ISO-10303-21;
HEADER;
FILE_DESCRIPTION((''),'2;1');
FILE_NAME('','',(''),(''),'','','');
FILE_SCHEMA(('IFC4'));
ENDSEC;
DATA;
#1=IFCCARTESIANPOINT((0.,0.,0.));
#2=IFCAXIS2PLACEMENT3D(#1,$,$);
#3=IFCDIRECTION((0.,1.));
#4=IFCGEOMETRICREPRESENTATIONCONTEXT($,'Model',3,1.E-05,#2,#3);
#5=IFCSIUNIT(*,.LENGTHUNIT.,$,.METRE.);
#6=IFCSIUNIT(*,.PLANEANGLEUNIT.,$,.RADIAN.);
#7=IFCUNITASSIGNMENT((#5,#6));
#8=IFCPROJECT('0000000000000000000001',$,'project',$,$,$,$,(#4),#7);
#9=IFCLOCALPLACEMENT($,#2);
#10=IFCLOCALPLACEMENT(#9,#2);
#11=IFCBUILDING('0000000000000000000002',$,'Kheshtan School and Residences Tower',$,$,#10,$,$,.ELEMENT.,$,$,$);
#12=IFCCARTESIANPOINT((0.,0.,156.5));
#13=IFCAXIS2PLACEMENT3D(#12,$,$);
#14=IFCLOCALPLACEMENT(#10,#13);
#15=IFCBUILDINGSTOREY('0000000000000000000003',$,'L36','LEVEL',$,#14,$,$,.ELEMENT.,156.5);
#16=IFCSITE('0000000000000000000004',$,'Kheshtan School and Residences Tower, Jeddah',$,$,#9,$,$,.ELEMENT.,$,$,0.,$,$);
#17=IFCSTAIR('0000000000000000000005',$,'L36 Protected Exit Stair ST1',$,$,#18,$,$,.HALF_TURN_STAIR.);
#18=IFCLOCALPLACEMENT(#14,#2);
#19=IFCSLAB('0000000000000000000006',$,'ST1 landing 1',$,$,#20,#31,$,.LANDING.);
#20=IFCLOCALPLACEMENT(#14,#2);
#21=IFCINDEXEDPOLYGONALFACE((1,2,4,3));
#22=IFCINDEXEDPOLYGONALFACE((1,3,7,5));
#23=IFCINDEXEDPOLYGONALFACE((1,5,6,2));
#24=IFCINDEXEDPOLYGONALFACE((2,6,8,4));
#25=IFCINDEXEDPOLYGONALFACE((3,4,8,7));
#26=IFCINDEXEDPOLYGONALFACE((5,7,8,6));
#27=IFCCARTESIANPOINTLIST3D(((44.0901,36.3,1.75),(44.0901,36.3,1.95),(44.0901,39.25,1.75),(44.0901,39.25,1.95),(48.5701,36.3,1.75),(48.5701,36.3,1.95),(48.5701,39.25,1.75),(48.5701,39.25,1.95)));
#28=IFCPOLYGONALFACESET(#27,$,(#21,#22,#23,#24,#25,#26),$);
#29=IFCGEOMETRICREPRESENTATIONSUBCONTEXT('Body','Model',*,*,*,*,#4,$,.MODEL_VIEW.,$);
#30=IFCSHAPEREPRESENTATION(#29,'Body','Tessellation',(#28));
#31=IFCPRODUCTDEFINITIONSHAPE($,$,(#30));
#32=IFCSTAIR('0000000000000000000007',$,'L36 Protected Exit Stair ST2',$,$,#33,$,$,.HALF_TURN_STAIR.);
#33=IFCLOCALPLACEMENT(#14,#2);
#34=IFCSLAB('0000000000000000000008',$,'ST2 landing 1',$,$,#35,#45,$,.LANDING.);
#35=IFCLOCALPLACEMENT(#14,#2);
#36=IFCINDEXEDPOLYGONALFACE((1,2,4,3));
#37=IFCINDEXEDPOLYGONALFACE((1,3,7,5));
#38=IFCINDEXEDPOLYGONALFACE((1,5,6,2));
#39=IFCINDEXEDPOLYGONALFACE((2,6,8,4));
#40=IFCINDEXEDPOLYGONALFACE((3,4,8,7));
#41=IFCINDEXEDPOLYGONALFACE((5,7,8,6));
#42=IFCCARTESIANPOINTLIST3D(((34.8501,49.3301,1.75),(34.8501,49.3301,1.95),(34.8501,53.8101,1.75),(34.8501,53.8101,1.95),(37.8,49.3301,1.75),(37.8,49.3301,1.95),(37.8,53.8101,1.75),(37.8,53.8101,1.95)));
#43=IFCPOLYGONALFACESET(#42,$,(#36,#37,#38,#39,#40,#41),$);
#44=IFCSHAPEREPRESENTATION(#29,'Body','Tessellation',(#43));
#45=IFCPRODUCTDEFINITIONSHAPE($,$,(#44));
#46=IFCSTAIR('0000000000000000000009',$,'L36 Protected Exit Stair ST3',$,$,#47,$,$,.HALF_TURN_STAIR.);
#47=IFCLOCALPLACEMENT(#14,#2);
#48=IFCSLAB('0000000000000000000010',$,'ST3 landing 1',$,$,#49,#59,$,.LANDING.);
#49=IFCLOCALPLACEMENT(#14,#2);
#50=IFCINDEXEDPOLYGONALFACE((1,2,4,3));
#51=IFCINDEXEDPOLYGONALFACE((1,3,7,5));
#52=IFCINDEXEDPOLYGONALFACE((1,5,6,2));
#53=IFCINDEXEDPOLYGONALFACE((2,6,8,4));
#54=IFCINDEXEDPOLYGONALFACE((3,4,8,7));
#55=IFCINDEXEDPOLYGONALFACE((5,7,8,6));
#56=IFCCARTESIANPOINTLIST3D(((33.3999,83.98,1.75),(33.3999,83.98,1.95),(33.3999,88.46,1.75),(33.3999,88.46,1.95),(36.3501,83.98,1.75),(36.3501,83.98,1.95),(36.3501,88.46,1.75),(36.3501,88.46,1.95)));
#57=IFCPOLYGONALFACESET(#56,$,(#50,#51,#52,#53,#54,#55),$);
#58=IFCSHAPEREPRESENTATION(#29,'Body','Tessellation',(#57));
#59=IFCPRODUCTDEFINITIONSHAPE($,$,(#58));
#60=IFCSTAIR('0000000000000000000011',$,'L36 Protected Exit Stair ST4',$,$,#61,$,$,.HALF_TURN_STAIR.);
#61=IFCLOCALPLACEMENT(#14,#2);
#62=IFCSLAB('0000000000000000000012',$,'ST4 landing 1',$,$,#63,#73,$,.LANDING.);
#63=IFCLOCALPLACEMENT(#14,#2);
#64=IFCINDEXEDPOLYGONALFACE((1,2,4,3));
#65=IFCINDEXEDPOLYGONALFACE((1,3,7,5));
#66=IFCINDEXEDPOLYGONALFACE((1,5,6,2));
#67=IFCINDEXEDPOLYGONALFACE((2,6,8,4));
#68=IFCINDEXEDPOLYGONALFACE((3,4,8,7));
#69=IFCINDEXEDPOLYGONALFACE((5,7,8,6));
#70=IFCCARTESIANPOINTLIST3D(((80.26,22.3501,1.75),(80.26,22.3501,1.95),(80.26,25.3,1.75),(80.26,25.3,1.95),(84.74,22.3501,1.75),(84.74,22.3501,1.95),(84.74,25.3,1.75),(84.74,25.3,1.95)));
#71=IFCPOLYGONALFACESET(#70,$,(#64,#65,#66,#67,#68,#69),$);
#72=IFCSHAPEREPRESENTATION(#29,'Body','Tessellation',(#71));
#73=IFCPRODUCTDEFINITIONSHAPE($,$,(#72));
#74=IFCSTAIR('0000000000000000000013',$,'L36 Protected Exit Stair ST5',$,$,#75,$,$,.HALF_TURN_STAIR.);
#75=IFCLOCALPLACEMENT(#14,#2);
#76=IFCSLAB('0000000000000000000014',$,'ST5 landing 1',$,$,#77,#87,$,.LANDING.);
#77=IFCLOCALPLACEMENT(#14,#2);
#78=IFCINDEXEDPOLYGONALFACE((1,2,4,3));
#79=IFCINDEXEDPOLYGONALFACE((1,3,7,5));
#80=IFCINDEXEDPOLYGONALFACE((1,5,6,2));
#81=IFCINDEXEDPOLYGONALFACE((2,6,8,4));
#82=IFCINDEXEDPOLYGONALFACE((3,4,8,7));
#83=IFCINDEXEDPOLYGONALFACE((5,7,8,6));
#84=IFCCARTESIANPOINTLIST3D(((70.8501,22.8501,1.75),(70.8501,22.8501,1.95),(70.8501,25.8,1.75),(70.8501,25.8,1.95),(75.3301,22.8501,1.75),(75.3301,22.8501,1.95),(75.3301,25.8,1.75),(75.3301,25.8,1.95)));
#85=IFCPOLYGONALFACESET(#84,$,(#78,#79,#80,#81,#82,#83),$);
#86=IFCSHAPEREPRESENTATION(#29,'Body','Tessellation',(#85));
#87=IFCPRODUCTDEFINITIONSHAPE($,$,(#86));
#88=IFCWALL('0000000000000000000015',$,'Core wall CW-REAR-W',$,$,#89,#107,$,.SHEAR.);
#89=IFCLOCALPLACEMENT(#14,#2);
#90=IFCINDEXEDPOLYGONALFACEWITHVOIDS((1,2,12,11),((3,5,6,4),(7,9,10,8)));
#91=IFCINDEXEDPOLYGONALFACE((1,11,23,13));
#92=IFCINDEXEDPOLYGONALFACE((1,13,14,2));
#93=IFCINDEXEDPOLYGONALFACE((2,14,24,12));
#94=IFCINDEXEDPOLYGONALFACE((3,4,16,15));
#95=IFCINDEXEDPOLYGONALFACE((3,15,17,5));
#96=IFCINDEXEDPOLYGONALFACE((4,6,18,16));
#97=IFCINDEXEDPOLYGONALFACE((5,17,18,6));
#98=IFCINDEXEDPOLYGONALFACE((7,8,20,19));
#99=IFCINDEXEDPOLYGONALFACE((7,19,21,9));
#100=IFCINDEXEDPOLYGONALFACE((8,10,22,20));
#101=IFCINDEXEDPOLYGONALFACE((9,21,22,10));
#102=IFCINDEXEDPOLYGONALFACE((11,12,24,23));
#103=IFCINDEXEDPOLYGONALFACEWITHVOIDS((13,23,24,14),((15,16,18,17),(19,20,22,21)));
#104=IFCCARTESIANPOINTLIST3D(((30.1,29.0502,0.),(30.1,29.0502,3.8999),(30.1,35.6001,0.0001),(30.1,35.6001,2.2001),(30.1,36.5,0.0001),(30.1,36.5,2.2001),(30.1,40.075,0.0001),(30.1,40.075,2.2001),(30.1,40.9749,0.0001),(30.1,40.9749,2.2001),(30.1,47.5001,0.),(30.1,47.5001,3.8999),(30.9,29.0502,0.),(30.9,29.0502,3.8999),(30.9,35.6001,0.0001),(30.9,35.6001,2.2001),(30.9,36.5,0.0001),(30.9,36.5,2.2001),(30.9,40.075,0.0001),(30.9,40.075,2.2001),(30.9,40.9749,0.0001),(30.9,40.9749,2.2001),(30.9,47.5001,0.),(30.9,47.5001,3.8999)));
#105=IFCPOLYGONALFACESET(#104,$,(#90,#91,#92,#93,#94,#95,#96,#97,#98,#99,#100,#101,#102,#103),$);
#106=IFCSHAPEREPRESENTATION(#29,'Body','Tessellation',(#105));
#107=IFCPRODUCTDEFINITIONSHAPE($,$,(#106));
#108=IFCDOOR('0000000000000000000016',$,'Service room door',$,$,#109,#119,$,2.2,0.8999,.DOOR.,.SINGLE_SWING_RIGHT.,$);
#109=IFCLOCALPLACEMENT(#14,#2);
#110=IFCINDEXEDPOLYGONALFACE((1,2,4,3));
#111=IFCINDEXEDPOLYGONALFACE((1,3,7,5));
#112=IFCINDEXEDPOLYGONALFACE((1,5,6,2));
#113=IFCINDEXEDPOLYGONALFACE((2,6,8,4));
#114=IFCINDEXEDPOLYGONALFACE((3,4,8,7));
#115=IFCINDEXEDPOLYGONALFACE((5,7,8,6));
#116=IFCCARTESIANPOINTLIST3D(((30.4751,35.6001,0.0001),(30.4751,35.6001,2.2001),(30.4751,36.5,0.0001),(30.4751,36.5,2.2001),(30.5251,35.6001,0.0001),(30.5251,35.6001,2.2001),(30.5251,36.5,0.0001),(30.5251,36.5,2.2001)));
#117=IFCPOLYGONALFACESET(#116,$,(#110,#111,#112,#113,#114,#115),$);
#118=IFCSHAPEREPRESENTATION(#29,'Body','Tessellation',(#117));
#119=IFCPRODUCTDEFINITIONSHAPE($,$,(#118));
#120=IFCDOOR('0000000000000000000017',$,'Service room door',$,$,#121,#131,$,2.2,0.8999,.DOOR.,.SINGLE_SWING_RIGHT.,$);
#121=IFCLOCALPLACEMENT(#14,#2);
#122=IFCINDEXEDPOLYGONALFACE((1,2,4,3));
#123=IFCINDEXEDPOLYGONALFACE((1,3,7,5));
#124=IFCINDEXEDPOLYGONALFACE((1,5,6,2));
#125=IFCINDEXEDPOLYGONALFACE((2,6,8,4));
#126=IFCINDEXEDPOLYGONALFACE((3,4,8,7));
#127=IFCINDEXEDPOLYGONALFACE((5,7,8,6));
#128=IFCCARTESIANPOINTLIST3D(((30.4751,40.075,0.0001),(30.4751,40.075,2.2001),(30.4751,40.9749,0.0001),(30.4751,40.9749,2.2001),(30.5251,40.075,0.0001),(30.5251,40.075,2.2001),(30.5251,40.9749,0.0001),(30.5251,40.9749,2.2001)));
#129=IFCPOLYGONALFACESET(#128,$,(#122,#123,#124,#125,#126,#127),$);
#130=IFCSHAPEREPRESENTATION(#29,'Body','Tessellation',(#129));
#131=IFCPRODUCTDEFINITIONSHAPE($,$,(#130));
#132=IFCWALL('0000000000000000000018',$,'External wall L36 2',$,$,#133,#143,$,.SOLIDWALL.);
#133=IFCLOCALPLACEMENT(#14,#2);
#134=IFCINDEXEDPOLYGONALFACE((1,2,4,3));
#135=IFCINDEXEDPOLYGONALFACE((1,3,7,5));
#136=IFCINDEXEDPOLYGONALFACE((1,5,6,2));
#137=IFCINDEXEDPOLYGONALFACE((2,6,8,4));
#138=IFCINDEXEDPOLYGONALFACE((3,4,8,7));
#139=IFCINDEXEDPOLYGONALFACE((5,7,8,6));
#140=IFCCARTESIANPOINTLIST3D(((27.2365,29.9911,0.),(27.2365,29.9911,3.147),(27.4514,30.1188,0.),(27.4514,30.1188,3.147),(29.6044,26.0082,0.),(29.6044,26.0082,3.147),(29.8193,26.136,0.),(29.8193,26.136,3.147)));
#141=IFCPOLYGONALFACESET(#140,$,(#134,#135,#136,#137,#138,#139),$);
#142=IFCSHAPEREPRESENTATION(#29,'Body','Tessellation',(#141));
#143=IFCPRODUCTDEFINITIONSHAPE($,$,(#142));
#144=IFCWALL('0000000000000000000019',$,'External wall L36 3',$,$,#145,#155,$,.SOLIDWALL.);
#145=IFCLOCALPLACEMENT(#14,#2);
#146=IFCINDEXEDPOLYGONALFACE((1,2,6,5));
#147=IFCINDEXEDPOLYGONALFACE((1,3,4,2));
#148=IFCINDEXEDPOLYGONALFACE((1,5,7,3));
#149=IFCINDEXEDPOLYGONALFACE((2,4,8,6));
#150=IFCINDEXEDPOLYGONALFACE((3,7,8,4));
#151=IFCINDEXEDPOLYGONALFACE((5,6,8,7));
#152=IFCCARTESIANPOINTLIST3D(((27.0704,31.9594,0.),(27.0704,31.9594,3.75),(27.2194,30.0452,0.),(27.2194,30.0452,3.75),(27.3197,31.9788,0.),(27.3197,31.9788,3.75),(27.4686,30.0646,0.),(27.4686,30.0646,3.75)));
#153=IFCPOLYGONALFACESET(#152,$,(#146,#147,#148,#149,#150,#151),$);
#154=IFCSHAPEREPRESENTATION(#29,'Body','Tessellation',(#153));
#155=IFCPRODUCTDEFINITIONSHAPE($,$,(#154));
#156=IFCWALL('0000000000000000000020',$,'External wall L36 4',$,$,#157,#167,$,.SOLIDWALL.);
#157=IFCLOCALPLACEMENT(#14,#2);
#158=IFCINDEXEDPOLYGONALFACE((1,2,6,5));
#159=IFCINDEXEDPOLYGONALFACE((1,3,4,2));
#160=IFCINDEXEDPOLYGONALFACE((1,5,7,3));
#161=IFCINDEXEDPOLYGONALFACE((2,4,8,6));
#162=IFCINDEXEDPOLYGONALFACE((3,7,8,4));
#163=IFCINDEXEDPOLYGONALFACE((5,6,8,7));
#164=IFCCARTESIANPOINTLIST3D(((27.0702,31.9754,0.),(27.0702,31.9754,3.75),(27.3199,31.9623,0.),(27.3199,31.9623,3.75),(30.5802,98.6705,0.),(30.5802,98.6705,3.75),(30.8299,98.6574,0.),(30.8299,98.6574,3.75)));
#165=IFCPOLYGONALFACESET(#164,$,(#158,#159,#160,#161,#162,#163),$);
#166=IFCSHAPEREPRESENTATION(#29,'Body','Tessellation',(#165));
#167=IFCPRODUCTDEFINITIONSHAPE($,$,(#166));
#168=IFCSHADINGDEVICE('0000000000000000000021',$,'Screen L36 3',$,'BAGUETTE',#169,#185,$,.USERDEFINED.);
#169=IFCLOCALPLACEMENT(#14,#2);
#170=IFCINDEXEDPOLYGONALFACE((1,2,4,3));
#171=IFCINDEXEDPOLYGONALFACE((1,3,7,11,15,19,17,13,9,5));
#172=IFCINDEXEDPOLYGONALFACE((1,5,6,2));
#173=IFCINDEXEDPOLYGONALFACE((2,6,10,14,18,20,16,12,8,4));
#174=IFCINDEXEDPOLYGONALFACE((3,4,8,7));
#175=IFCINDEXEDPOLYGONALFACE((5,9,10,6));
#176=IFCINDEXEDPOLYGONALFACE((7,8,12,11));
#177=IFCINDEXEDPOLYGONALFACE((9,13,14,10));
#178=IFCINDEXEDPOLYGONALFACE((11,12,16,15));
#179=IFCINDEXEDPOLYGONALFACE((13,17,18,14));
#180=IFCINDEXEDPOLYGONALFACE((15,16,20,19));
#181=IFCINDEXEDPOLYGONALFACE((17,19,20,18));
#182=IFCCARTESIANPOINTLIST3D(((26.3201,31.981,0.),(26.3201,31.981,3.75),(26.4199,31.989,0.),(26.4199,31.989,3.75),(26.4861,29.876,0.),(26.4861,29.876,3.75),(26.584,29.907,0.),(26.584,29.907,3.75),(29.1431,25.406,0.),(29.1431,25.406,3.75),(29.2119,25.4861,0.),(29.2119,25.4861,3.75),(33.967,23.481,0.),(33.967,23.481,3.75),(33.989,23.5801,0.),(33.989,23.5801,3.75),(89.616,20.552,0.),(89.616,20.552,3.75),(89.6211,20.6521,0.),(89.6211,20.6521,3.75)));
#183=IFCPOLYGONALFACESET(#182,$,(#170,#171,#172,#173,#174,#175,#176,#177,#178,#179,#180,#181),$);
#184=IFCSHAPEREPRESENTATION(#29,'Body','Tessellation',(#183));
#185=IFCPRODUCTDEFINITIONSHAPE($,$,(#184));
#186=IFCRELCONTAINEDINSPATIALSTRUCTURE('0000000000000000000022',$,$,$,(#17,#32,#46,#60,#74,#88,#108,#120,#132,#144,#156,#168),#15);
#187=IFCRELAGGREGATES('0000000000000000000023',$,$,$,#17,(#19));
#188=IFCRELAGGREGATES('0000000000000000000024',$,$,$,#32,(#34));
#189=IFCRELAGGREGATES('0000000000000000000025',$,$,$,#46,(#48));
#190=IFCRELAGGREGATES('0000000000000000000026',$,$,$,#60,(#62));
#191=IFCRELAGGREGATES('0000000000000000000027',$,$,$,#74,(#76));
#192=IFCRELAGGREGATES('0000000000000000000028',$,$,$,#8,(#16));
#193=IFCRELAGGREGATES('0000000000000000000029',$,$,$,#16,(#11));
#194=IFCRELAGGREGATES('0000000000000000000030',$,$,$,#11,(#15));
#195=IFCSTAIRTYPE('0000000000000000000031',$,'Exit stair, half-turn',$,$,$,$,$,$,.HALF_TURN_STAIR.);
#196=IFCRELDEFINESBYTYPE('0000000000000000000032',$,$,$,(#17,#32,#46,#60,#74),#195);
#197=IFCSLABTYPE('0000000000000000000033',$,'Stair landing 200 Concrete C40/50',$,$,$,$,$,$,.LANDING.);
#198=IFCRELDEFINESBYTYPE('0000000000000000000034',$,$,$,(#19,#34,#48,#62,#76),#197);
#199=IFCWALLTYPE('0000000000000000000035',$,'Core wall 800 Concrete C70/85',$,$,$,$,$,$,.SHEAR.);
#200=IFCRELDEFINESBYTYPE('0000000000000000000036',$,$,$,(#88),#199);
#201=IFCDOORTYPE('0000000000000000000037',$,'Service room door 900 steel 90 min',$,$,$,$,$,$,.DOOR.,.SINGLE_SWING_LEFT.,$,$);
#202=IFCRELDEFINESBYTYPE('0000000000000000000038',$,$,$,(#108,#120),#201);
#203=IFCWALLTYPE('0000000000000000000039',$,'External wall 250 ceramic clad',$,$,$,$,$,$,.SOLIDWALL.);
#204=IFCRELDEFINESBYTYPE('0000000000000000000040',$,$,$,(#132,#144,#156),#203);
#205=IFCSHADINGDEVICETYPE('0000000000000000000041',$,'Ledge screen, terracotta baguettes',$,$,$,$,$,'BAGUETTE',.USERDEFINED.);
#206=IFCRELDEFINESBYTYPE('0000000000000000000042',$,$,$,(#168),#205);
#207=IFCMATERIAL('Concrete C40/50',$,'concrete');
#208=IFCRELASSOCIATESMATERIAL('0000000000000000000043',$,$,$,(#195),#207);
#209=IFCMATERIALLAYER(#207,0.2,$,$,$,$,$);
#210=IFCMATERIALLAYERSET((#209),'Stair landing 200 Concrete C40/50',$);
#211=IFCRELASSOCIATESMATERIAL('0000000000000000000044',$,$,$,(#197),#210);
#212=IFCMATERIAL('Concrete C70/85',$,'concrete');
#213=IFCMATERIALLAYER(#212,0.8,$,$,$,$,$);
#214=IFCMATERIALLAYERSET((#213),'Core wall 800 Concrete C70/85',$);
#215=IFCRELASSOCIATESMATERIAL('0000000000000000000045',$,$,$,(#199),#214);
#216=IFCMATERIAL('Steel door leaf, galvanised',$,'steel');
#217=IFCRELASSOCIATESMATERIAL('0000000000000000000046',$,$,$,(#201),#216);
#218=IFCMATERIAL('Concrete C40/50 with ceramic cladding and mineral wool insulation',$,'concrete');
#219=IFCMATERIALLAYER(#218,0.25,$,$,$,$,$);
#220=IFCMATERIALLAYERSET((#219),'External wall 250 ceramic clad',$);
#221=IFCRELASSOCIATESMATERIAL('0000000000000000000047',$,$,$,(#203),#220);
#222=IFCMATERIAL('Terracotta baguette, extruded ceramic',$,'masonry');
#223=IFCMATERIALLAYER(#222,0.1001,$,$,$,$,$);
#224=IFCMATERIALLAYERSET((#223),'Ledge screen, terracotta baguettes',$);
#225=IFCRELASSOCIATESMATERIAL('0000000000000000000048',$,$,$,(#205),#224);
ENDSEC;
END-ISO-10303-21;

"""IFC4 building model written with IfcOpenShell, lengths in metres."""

from ifc_helpers import new_model, si_unit, direction, frame, frame_2d, origin, place, context, subcontext, project, spatial, polyline, rectangle, outline, extrude, source, transform, mapped, material, layer, layer_set, type_object, element, fill, aggregate, save


model = new_model("IFC4")

# Units and contexts
model_context = context("Model", 3, precision=1e-05, world=origin(), true_north=direction((0.0, 1.0)))
body_context = subcontext(model_context, "Body", "Model", "MODEL_VIEW")
ifc_project = project(units=[si_unit("LENGTHUNIT", "METRE"), si_unit("PLANEANGLEUNIT", "RADIAN")], contexts=[model_context])

# Site, building, storey
site_placement = place(None, origin())
site = spatial("IfcSite", under=ifc_project, at=site_placement, Name="Kheshtan School and Residences Tower, Jeddah", CompositionType="ELEMENT", RefElevation=0.0)
building_placement = place(site_placement, origin())
building = spatial("IfcBuilding", under=site, at=building_placement, Name="Kheshtan School and Residences Tower", CompositionType="ELEMENT")
storey_placement = place(building_placement, frame((0.0, 0.0, 156.5)))
storey = spatial("IfcBuildingStorey", under=building, at=storey_placement, Name="L36", Description="LEVEL", CompositionType="ELEMENT", Elevation=156.5)

# Shared definitions
ifc_material_1 = material(Name="Concrete C40/50", Category="concrete")

# Stairs, slabs
stair_type = type_object("IfcStairType", Name="Exit stair, half-turn", PredefinedType="HALF_TURN_STAIR", material=ifc_material_1)
stair_1_placement = place(storey_placement, origin())
stair_1 = element("IfcStair", 1, at=stair_1_placement, inside=storey, type_object=stair_type, Name="L36 Protected Exit Stair ST1", PredefinedType="HALF_TURN_STAIR")
ifc_layer_1 = layer(ifc_material_1, 0.2)
ifc_layer_set_1 = layer_set([ifc_layer_1], Name="Stair landing 200 Concrete C40/50")
slab_type_1 = type_object("IfcSlabType", Name="Stair landing 200 Concrete C40/50", PredefinedType="LANDING", material=ifc_layer_set_1)
slab_1_placement = place(storey_placement, frame((0.0, 0.0, 1.75)))
slab_1 = element("IfcSlab", 2, at=slab_1_placement, type_object=slab_type_1, Name="ST1 landing 1", PredefinedType="LANDING", context=body_context, shape_type="SweptSolid", body=[
    extrude(outline(polyline([(48.5701, 39.25), (44.0901, 39.25), (44.0901, 36.3), (48.5701, 36.3), (48.5701, 39.25)])), origin(), (0.0, 0.0, 1.0), 0.2),
])
aggregate(stair_1, [slab_1])
stair_2_placement = place(storey_placement, origin())
stair_2 = element("IfcStair", 3, at=stair_2_placement, inside=storey, type_object=stair_type, Name="L36 Protected Exit Stair ST2", PredefinedType="HALF_TURN_STAIR")
slab_2_placement = place(storey_placement, frame((0.0, 0.0, 1.75)))
slab_2 = element("IfcSlab", 4, at=slab_2_placement, type_object=slab_type_1, Name="ST2 landing 1", PredefinedType="LANDING", context=body_context, shape_type="SweptSolid", body=[
    extrude(outline(polyline([(37.8, 49.3301), (37.8, 53.8101), (34.8501, 53.8101), (34.8501, 49.3301), (37.8, 49.3301)])), origin(), (0.0, 0.0, 1.0), 0.2),
])
aggregate(stair_2, [slab_2])
stair_3_placement = place(storey_placement, origin())
stair_3 = element("IfcStair", 5, at=stair_3_placement, inside=storey, type_object=stair_type, Name="L36 Protected Exit Stair ST3", PredefinedType="HALF_TURN_STAIR")
slab_3_placement = place(storey_placement, frame((0.0, 0.0, 1.75)))
slab_3 = element("IfcSlab", 6, at=slab_3_placement, type_object=slab_type_1, Name="ST3 landing 1", PredefinedType="LANDING", context=body_context, shape_type="SweptSolid", body=[
    extrude(outline(polyline([(36.3501, 83.98), (36.3501, 88.46), (33.3999, 88.46), (33.3999, 83.98), (36.3501, 83.98)])), origin(), (0.0, 0.0, 1.0), 0.2),
])
aggregate(stair_3, [slab_3])
stair_4_placement = place(storey_placement, origin())
stair_4 = element("IfcStair", 7, at=stair_4_placement, inside=storey, type_object=stair_type, Name="L36 Protected Exit Stair ST4", PredefinedType="HALF_TURN_STAIR")
slab_4_placement = place(storey_placement, frame((0.0, 0.0, 1.75)))
slab_4 = element("IfcSlab", 8, at=slab_4_placement, type_object=slab_type_1, Name="ST4 landing 1", PredefinedType="LANDING", context=body_context, shape_type="SweptSolid", body=[
    extrude(outline(polyline([(84.74, 25.3), (80.26, 25.3), (80.26, 22.3501), (84.74, 22.3501), (84.74, 25.3)])), origin(), (0.0, 0.0, 1.0), 0.2),
])
aggregate(stair_4, [slab_4])
stair_5_placement = place(storey_placement, origin())
stair_5 = element("IfcStair", 9, at=stair_5_placement, inside=storey, type_object=stair_type, Name="L36 Protected Exit Stair ST5", PredefinedType="HALF_TURN_STAIR")
slab_5_placement = place(storey_placement, frame((0.0, 0.0, 1.75)))
slab_5 = element("IfcSlab", 10, at=slab_5_placement, type_object=slab_type_1, Name="ST5 landing 1", PredefinedType="LANDING", context=body_context, shape_type="SweptSolid", body=[
    extrude(outline(polyline([(75.3301, 25.8), (70.8501, 25.8), (70.8501, 22.8501), (75.3301, 22.8501), (75.3301, 25.8)])), origin(), (0.0, 0.0, 1.0), 0.2),
])
aggregate(stair_5, [slab_5])

# Wall, openings, doors
ifc_material_2 = material(Name="Concrete C70/85", Category="concrete")
ifc_layer_2 = layer(ifc_material_2, 0.8)
ifc_layer_set_2 = layer_set([ifc_layer_2], Name="Core wall 800 Concrete C70/85")
wall_type_1 = type_object("IfcWallType", Name="Core wall 800 Concrete C70/85", PredefinedType="SHEAR", material=ifc_layer_set_2)
wall_1_placement = place(storey_placement, frame((30.5, 29.05, 0.0), z_axis=(0.0, 0.0, 1.0), x_axis=(0.0, 1.0, 0.0)))
wall_1 = element("IfcWall", 11, at=wall_1_placement, inside=storey, type_object=wall_type_1, Name="Core wall CW-REAR-W", PredefinedType="SHEAR", context=body_context, shape_type="SweptSolid", body=[
    extrude(rectangle(XDim=18.45, YDim=0.8, at=frame_2d((9.2251, 0.0))), origin(), (0.0, 0.0, 1.0), 3.8999),
])
opening_1_placement = place(wall_1_placement, frame((6.55, 0.0, 0.0)))
opening_1 = element("IfcOpeningElement", 12, at=opening_1_placement, cuts=wall_1, PredefinedType="OPENING", context=body_context, shape_type="SweptSolid", body=[
    extrude(rectangle(XDim=0.8999, YDim=2.2, at=frame_2d((0.45, 1.1001))), frame((0.0, 0.4102, 0.0), z_axis=(0.0, -1.0, 0.0), x_axis=(1.0, 0.0, 0.0)), (0.0, 0.0, 1.0), 0.8201),
])
opening_2_placement = place(wall_1_placement, frame((11.0249, 0.0, 0.0)))
opening_2 = element("IfcOpeningElement", 13, at=opening_2_placement, cuts=wall_1, PredefinedType="OPENING", context=body_context, shape_type="SweptSolid", body=[
    extrude(rectangle(XDim=0.8999, YDim=2.2, at=frame_2d((0.45, 1.1001))), frame((0.0, 0.4102, 0.0), z_axis=(0.0, -1.0, 0.0), x_axis=(1.0, 0.0, 0.0)), (0.0, 0.0, 1.0), 0.8201),
])
ifc_material_3 = material(Name="Steel door leaf, galvanised", Category="steel")
door_type = type_object("IfcDoorType", Name="Service room door 900 steel 90 min", OperationType="SINGLE_SWING_LEFT", PredefinedType="DOOR", material=ifc_material_3)
shared_shape = source(origin(), body_context, "Body", "SweptSolid", [
    extrude(rectangle(XDim=0.8999, YDim=2.2, at=frame_2d((0.45, 1.1001))), frame((0.0, 0.0249, 0.0), z_axis=(0.0, -1.0, 0.0), x_axis=(1.0, 0.0, 0.0)), (0.0, 0.0, 1.0), 0.05),
])
door_1_placement = place(opening_1_placement, origin())
door_1 = element("IfcDoor", 14, at=door_1_placement, inside=storey, type_object=door_type, Name="Service room door", OperationType="SINGLE_SWING_RIGHT", OverallHeight=2.2, OverallWidth=0.8999, PredefinedType="DOOR", context=body_context, shape_type="MappedRepresentation", body=[
    mapped(shared_shape, transform((0.0, 0.0, 0.0), x_axis=(1.0, 0.0, 0.0), y_axis=(0.0, 1.0, 0.0), z_axis=(0.0, 0.0, 1.0), scale=1.0)),
])
fill(opening_1, door_1)
door_2_placement = place(opening_2_placement, origin())
door_2 = element("IfcDoor", 15, at=door_2_placement, inside=storey, type_object=door_type, Name="Service room door", OperationType="SINGLE_SWING_RIGHT", OverallHeight=2.2, OverallWidth=0.8999, PredefinedType="DOOR", context=body_context, shape_type="MappedRepresentation", body=[
    mapped(shared_shape, transform((0.0, 0.0, 0.0), x_axis=(1.0, 0.0, 0.0), y_axis=(0.0, 1.0, 0.0), z_axis=(0.0, 0.0, 1.0), scale=1.0)),
])
fill(opening_2, door_2)

# Walls
ifc_material_4 = material(Name="Concrete C40/50 with ceramic cladding and mineral wool insulation", Category="concrete")
ifc_layer_3 = layer(ifc_material_4, 0.25)
ifc_layer_set_3 = layer_set([ifc_layer_3], Name="External wall 250 ceramic clad")
wall_type_2 = type_object("IfcWallType", Name="External wall 250 ceramic clad", PredefinedType="SOLIDWALL", material=ifc_layer_set_3)
wall_2_placement = place(storey_placement, frame((29.7119, 26.072, 0.0), z_axis=(0.0, 0.0, 1.0), x_axis=(-0.511028, 0.859564, 0.0)))
element("IfcWall", 16, at=wall_2_placement, inside=storey, type_object=wall_type_2, Name="External wall L36 2", PredefinedType="SOLIDWALL", context=body_context, shape_type="SweptSolid", body=[
    extrude(rectangle(XDim=4.6335, YDim=0.25, at=frame_2d((2.3169, 0.0))), origin(), (0.0, 0.0, 1.0), 3.147),
])
wall_3_placement = place(storey_placement, frame((27.344, 30.0549, 0.0), z_axis=(0.0, 0.0, 1.0), x_axis=(-0.077572, 0.996987, 0.0)))
element("IfcWall", 17, at=wall_3_placement, inside=storey, type_object=wall_type_2, Name="External wall L36 3", PredefinedType="SOLIDWALL", context=body_context, shape_type="SweptSolid", body=[
    extrude(rectangle(XDim=1.9199, YDim=0.25, at=frame_2d((0.96, 0.0))), origin(), (0.0, 0.0, 1.0), 3.75),
])
wall_4_placement = place(storey_placement, frame((27.1951, 31.969, 0.0), z_axis=(0.0, 0.0, 1.0), x_axis=(0.052555, 0.998618, 0.0)))
element("IfcWall", 18, at=wall_4_placement, inside=storey, type_object=wall_type_2, Name="External wall L36 4", PredefinedType="SOLIDWALL", context=body_context, shape_type="SweptSolid", body=[
    extrude(rectangle(XDim=66.7874, YDim=0.25, at=frame_2d((33.3936, 0.0))), origin(), (0.0, 0.0, 1.0), 3.75),
])

# Shading device
ifc_material_5 = material(Name="Terracotta baguette, extruded ceramic", Category="masonry")
ifc_layer_4 = layer(ifc_material_5, 0.1001)
ifc_layer_set_4 = layer_set([ifc_layer_4], Name="Ledge screen, terracotta baguettes")
shading_device_type_1 = type_object("IfcShadingDeviceType", Name="Ledge screen, terracotta baguettes", ElementType="BAGUETTE", PredefinedType="USERDEFINED", material=ifc_layer_set_4)
shading_device_1_placement = place(storey_placement, origin())
element("IfcShadingDevice", 19, at=shading_device_1_placement, inside=storey, type_object=shading_device_type_1, Name="Screen L36 3", ObjectType="BAGUETTE", PredefinedType="USERDEFINED", context=body_context, shape_type="SweptSolid", body=[
    extrude(outline(polyline([(89.6211, 20.6521), (33.989, 23.5801), (29.2119, 25.4861), (26.584, 29.907), (26.4199, 31.989), (26.3201, 31.981), (26.4861, 29.876), (29.1431, 25.406), (33.967, 23.481), (89.616, 20.552), (89.6211, 20.6521)])), origin(), (0.0, 0.0, 1.0), 3.75),
])

save(model, "model.ifc")
